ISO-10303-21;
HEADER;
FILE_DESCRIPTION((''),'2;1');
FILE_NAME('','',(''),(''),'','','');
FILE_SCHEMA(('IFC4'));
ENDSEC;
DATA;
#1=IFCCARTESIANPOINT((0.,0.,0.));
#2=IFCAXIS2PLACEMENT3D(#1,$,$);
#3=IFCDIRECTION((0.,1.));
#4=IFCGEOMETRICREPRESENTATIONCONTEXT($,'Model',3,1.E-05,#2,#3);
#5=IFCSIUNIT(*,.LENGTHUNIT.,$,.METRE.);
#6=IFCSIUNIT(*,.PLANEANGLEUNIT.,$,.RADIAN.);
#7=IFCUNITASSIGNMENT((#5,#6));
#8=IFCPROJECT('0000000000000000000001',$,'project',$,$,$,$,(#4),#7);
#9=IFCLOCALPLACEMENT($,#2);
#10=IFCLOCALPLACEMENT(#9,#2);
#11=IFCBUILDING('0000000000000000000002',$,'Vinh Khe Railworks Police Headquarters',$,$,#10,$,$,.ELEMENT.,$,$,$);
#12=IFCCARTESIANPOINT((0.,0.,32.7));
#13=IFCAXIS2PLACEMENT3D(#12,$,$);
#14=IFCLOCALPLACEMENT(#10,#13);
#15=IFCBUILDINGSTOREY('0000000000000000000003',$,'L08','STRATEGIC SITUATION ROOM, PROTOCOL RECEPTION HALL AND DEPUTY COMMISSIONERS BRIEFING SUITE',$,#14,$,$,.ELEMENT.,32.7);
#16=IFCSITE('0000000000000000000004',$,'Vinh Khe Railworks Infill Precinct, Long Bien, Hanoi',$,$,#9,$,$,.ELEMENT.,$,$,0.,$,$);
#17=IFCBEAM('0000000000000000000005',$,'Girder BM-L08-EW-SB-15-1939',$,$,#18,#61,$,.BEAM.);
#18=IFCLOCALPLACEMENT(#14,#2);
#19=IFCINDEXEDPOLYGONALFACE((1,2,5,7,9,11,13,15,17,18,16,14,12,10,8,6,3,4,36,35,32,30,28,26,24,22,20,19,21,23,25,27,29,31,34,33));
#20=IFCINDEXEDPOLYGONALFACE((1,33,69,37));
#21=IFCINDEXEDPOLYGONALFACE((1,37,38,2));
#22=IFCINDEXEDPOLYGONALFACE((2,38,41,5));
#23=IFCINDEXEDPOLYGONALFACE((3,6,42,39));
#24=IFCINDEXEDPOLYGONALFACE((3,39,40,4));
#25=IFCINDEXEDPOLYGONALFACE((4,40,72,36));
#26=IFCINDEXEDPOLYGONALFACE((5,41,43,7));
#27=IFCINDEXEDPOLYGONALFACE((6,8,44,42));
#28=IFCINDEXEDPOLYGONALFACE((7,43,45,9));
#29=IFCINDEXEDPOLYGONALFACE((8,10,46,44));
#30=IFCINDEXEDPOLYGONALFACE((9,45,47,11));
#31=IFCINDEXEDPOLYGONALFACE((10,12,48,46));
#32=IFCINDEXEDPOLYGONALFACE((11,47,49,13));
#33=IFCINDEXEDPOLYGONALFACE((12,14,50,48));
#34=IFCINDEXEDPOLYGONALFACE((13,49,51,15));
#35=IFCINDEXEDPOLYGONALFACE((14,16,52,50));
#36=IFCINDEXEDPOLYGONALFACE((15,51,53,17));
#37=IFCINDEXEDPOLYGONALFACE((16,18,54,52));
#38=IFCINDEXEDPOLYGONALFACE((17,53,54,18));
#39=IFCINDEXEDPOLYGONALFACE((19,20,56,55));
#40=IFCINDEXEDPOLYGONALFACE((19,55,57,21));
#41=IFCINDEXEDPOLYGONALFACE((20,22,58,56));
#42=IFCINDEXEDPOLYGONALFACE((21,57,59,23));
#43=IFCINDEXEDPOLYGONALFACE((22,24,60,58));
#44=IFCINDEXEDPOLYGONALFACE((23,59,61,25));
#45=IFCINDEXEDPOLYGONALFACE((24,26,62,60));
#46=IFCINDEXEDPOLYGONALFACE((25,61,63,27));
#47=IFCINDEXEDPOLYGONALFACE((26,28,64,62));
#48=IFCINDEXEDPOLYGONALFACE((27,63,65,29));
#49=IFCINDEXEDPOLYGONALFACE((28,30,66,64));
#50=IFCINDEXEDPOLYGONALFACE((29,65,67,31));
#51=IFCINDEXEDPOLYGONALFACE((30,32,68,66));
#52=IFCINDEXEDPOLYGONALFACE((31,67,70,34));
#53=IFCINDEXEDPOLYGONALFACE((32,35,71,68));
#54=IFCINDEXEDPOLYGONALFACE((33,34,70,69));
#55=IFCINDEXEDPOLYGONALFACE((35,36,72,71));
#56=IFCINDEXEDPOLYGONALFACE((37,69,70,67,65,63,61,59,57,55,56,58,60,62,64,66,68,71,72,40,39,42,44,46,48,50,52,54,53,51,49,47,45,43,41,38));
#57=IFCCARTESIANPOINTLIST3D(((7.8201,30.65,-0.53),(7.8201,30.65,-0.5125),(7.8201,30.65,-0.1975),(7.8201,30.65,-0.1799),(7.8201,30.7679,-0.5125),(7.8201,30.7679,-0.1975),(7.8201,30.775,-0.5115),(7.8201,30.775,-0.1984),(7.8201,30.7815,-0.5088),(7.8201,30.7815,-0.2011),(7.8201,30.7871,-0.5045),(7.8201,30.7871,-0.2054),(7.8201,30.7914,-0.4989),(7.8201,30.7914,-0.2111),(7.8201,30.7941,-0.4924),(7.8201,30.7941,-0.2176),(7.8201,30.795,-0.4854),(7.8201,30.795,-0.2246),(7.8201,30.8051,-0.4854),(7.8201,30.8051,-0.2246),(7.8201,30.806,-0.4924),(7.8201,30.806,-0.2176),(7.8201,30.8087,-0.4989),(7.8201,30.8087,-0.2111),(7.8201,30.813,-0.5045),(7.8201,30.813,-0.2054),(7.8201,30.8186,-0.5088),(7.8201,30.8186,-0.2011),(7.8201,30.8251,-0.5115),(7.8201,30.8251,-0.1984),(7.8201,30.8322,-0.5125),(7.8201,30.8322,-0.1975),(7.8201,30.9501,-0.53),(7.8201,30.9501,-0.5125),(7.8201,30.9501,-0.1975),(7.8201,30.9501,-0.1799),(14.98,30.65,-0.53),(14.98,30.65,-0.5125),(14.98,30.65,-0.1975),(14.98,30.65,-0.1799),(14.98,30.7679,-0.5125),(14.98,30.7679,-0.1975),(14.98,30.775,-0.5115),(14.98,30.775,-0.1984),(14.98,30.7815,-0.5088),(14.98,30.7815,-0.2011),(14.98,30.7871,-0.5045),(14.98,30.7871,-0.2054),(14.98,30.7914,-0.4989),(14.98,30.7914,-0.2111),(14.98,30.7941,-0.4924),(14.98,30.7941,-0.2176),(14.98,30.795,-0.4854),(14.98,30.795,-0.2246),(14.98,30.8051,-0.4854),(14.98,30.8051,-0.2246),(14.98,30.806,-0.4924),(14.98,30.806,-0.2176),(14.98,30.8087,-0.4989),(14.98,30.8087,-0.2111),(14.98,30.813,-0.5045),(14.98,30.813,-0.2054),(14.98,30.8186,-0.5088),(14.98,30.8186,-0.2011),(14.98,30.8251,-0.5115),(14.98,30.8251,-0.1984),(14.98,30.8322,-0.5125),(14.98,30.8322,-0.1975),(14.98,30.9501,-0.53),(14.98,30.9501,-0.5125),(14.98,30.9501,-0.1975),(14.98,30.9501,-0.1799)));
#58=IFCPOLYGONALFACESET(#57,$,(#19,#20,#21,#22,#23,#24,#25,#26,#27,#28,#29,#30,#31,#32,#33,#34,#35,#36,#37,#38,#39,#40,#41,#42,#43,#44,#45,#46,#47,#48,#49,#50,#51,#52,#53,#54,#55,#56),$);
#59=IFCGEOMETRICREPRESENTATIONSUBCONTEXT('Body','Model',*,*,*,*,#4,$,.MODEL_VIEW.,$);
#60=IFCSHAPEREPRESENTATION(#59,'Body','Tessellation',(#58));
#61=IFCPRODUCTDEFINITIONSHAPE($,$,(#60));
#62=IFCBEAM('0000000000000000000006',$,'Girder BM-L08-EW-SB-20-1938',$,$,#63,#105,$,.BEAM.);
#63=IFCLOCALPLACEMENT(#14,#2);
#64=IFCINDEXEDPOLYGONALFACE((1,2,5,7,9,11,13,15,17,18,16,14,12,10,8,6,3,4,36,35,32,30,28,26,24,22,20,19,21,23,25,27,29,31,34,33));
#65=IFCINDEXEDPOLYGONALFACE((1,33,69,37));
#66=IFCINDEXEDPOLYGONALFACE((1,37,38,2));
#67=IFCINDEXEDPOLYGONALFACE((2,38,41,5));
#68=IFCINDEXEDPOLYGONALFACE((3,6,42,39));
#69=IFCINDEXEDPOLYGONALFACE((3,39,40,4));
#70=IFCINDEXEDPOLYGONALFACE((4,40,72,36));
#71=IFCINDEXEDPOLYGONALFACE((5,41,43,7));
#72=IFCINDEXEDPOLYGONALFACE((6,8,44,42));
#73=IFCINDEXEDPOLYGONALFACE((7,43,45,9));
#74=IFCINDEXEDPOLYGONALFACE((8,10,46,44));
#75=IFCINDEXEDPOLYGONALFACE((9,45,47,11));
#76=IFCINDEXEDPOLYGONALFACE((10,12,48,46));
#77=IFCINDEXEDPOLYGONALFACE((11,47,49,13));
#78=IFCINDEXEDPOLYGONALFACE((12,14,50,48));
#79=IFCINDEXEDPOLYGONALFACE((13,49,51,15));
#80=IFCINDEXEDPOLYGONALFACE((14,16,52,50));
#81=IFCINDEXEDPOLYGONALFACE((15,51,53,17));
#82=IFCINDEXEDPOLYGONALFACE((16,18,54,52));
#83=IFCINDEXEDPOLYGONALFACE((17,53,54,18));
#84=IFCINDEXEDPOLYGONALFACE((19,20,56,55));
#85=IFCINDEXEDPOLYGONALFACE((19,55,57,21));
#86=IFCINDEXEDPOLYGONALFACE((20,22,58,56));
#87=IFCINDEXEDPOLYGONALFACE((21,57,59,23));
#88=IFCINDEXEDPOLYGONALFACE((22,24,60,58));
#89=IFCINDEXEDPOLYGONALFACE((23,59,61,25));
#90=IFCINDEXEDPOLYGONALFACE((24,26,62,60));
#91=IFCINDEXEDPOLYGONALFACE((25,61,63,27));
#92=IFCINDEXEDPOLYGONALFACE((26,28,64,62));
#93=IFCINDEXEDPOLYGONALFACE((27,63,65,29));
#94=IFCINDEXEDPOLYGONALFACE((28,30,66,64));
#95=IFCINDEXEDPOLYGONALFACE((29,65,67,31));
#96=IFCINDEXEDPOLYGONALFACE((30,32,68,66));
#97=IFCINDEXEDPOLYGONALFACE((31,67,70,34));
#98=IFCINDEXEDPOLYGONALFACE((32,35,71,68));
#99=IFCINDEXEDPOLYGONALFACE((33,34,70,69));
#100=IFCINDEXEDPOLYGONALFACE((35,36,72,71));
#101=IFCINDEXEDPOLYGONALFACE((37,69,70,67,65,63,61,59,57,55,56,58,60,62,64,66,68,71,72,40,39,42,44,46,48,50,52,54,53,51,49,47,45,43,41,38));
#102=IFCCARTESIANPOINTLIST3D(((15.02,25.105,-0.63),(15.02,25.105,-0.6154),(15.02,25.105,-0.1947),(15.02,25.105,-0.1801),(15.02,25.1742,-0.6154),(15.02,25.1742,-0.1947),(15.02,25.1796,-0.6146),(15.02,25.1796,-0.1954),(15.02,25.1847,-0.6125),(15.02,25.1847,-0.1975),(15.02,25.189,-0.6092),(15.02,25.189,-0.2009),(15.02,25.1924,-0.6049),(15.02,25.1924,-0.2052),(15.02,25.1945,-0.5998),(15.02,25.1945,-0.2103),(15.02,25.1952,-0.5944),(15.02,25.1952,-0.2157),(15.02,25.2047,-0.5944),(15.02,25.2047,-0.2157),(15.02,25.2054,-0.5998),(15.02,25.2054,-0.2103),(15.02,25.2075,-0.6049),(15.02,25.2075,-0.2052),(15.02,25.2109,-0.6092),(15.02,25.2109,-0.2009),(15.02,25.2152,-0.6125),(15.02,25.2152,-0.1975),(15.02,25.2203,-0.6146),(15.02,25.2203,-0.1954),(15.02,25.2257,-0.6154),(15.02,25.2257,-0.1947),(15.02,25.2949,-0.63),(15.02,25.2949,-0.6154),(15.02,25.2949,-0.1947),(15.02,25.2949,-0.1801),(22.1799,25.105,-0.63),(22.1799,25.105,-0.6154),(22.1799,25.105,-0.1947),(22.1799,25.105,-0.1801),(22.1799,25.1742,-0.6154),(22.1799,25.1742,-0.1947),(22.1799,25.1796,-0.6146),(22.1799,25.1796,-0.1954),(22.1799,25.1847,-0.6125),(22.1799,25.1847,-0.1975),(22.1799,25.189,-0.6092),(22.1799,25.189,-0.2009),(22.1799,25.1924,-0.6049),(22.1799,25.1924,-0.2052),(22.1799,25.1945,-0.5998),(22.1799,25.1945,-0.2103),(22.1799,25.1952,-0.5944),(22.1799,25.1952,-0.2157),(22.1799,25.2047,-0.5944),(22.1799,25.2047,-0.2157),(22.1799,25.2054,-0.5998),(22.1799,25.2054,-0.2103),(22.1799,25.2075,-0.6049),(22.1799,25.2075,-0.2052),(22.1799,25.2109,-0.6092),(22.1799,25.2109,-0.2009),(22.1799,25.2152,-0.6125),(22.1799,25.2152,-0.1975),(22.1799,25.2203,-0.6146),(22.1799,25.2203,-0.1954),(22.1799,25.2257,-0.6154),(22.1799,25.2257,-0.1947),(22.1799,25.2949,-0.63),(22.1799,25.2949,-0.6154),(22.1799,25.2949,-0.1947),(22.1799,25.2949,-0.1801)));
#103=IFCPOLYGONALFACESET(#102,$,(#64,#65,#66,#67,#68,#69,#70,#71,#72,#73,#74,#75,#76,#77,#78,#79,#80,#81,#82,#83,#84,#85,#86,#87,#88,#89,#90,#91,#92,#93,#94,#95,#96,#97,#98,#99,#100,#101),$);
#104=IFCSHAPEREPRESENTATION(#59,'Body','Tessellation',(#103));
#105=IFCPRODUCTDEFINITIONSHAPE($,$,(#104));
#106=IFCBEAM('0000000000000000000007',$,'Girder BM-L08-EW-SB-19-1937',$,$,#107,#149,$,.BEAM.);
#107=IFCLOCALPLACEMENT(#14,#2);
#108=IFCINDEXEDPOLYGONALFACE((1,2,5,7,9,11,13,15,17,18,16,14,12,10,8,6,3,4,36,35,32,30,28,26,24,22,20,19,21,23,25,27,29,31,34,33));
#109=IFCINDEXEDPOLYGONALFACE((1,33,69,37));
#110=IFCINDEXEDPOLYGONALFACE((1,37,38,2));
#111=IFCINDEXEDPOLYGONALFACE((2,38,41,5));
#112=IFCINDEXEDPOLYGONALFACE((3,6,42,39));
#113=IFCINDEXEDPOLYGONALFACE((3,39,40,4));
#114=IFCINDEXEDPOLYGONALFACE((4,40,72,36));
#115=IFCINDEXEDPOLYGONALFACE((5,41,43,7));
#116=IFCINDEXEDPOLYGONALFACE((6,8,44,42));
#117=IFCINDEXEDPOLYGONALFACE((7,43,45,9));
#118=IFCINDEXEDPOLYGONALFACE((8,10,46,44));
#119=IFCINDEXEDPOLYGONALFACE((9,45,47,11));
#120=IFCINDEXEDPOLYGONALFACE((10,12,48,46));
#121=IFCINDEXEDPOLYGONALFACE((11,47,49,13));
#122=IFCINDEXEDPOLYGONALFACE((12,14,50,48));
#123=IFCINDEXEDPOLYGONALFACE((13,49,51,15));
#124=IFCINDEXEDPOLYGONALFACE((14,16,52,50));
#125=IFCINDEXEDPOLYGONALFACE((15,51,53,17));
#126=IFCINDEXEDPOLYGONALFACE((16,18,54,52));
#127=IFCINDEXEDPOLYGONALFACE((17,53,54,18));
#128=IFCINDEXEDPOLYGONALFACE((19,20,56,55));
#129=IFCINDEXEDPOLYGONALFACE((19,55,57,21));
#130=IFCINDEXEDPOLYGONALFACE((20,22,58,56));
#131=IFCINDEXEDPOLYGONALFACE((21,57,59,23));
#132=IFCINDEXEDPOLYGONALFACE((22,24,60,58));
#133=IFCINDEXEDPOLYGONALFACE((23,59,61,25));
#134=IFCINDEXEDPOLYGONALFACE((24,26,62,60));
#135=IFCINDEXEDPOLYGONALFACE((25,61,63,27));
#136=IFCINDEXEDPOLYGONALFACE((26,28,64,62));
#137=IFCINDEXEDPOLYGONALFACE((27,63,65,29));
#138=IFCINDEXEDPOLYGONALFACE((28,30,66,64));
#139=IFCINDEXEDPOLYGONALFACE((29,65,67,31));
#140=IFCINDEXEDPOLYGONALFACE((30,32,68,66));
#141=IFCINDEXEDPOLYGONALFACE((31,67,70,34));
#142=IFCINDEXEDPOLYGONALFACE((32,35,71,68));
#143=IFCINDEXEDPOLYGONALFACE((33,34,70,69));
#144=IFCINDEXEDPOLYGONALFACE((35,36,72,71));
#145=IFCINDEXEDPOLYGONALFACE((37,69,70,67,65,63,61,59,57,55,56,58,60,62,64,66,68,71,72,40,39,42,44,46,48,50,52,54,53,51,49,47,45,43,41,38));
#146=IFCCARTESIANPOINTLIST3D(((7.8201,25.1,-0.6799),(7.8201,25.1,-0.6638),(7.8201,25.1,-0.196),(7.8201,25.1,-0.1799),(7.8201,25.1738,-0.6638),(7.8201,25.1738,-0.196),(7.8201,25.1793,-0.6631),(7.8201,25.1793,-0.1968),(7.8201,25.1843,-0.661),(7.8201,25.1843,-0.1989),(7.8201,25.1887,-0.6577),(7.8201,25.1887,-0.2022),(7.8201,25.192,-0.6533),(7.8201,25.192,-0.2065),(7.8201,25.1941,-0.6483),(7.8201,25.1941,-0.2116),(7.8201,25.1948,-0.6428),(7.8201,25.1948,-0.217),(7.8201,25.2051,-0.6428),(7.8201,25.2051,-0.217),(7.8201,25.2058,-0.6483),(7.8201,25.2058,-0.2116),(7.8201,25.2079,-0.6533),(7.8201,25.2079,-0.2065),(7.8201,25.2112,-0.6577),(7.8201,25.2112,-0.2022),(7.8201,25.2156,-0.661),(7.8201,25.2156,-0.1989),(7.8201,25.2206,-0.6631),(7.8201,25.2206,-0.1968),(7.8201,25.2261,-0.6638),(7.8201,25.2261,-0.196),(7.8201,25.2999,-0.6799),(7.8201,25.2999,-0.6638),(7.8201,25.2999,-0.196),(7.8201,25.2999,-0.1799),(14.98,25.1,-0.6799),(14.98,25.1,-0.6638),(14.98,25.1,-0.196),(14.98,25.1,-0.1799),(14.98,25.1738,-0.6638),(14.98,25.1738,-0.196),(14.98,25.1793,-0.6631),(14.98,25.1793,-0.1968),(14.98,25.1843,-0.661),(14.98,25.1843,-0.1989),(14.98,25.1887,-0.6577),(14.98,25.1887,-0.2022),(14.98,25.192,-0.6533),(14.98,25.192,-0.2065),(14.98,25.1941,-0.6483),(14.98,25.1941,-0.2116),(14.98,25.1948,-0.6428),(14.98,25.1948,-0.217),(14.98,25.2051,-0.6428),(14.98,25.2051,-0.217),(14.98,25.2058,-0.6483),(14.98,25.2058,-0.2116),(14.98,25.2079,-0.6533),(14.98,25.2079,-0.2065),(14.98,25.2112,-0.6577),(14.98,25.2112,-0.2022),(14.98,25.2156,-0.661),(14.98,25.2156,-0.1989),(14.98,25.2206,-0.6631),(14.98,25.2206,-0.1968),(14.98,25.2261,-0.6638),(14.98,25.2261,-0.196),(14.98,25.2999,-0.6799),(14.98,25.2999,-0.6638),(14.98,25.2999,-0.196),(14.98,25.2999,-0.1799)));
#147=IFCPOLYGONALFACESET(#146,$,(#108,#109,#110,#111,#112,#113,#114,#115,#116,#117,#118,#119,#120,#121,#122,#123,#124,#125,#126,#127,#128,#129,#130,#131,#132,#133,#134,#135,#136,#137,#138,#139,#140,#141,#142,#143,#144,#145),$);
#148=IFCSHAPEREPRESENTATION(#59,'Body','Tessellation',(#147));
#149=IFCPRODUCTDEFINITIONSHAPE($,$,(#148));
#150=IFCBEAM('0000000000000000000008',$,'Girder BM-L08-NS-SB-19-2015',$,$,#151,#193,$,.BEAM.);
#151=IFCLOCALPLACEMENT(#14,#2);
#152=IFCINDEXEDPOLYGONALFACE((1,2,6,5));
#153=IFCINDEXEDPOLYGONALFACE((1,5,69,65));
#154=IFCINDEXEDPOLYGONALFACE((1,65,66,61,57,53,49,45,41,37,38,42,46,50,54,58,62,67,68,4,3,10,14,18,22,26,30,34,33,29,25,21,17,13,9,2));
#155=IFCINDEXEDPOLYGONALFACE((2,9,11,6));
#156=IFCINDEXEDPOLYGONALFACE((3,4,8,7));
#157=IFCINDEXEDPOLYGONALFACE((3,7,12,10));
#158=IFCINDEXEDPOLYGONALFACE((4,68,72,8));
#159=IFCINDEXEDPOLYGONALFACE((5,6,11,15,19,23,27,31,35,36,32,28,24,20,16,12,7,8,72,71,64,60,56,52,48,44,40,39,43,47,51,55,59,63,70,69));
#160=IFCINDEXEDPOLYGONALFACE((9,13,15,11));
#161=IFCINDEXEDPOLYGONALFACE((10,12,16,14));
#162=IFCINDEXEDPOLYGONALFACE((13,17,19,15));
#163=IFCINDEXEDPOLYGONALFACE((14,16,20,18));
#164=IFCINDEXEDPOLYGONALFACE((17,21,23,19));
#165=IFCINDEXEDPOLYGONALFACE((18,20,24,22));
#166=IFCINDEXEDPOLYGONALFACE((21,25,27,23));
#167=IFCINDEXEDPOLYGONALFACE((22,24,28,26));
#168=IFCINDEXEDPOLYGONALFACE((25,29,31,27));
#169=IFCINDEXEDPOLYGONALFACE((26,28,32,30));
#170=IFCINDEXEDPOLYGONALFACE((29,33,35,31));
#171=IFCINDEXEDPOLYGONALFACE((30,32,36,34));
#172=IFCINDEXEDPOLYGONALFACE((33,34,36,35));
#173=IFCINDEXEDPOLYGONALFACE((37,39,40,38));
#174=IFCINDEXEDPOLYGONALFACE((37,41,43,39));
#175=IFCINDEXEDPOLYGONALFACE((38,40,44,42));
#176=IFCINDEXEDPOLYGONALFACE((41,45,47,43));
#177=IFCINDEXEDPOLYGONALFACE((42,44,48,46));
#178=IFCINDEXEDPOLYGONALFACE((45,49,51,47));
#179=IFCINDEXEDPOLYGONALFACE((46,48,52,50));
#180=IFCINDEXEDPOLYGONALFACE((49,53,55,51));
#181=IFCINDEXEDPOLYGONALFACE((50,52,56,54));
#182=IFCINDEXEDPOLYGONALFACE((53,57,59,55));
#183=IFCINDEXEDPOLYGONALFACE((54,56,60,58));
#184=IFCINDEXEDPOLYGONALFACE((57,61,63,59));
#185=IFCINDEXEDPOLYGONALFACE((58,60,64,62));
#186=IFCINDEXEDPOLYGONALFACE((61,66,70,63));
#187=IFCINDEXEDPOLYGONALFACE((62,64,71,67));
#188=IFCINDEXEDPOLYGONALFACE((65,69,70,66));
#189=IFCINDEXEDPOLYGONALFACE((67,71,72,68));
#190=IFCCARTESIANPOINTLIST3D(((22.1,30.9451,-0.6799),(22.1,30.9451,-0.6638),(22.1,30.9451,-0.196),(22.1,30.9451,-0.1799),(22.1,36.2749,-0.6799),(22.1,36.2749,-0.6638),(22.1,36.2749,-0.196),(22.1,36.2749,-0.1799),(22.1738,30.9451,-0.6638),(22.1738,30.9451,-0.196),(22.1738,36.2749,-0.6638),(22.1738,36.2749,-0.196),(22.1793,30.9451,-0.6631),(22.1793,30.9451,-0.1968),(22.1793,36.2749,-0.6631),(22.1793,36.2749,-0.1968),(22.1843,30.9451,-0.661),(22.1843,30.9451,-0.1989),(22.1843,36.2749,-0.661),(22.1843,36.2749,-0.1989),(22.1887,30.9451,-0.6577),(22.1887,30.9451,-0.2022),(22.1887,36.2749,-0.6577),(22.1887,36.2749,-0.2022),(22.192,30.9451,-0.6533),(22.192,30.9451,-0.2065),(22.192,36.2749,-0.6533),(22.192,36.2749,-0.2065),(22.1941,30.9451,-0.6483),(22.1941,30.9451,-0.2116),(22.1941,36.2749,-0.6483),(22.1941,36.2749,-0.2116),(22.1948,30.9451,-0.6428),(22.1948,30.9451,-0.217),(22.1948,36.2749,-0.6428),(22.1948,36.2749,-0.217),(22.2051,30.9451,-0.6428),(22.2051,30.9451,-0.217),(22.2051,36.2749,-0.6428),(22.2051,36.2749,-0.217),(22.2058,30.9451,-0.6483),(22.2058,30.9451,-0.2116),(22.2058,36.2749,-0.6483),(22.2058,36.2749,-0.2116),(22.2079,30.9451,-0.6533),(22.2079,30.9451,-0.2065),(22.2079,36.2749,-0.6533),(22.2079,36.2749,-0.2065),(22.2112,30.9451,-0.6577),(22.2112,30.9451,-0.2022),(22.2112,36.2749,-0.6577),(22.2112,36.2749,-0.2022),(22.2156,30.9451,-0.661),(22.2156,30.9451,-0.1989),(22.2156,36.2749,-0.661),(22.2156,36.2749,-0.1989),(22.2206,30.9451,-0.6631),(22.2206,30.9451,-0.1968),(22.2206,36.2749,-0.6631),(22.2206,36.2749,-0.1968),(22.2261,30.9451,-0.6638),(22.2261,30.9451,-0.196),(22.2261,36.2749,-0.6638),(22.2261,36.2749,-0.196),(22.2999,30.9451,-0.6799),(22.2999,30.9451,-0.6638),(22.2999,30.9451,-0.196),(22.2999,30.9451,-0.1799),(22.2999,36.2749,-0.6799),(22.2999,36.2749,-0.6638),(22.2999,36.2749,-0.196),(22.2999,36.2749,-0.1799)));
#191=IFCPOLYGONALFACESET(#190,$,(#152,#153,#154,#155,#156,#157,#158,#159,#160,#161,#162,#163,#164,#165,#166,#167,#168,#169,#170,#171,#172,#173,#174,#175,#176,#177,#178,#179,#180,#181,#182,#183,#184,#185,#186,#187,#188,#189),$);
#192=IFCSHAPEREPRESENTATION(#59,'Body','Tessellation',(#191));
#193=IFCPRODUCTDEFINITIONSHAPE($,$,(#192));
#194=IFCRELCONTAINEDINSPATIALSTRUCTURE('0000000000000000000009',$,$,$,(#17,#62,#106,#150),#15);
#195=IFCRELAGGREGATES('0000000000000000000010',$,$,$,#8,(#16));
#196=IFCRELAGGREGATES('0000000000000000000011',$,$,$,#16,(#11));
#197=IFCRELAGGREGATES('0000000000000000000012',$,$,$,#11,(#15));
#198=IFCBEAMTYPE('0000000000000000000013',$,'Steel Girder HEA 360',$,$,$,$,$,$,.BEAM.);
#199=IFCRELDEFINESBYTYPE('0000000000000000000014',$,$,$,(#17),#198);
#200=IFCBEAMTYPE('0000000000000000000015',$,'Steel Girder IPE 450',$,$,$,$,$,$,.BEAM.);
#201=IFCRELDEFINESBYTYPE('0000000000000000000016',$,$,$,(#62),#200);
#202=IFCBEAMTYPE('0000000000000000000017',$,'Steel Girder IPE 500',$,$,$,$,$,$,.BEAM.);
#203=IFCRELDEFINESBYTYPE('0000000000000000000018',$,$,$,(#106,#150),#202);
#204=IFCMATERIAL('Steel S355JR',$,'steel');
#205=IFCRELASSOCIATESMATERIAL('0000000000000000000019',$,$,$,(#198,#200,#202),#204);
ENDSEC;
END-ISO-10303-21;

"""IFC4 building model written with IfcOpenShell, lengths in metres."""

from ifc_helpers import new_model, si_unit, direction, frame, origin, origin_2d, place, context, subcontext, project, spatial, i_section, extrude, material, material_profile, profile_set, type_object, element, save


model = new_model("IFC4")

# Units and contexts
model_context = context("Model", 3, precision=1e-05, world=origin(), true_north=direction((0.0, 1.0)))
body_context = subcontext(model_context, "Body", "Model", "MODEL_VIEW")
ifc_project = project(units=[si_unit("LENGTHUNIT", "METRE"), si_unit("PLANEANGLEUNIT", "RADIAN")], contexts=[model_context])

# Site, building, storey
site_placement = place(None, origin())
site = spatial("IfcSite", under=ifc_project, at=site_placement, Name="Vinh Khe Railworks Infill Precinct, Long Bien, Hanoi", CompositionType="ELEMENT", RefElevation=0.0)
building_placement = place(site_placement, origin())
building = spatial("IfcBuilding", under=site, at=building_placement, Name="Vinh Khe Railworks Police Headquarters", CompositionType="ELEMENT")
storey_placement = place(building_placement, frame((0.0, 0.0, 32.7)))
storey = spatial("IfcBuildingStorey", under=building, at=storey_placement, Name="L08", Description="STRATEGIC SITUATION ROOM, PROTOCOL RECEPTION HALL AND DEPUTY COMMISSIONERS BRIEFING SUITE", CompositionType="ELEMENT", Elevation=32.7)

# Shared definitions
ifc_material_1 = material(Name="Steel S355JR", Category="steel")

# Beams
ifc_material_profile_1 = material_profile(ifc_material_1, i_section(OverallWidth=0.3, OverallDepth=0.3501, WebThickness=0.01, FlangeThickness=0.0176, FilletRadius=0.0271, at=origin_2d()), Name="HEA 360")
ifc_profile_set_1 = profile_set([ifc_material_profile_1], Name="Steel S355JR")
beam_type_1 = type_object("IfcBeamType", Name="Steel Girder HEA 360", PredefinedType="BEAM", material=ifc_profile_set_1)
beam_1_placement = place(storey_placement, frame((7.8201, 30.8, -0.355), z_axis=(1.0, 0.0, 0.0), x_axis=(0.0, 1.0, 0.0)))
element("IfcBeam", 1, at=beam_1_placement, inside=storey, type_object=beam_type_1, Name="Girder BM-L08-EW-SB-15-1939", PredefinedType="BEAM", context=body_context, shape_type="SweptSolid", body=[
    extrude(i_section(OverallWidth=0.3, OverallDepth=0.3501, WebThickness=0.01, FlangeThickness=0.0176, FilletRadius=0.0271, at=origin_2d()), origin(), (0.0, 0.0, 1.0), 7.1599),
])
ifc_material_profile_2 = material_profile(ifc_material_1, i_section(OverallWidth=0.1899, OverallDepth=0.45, WebThickness=0.0095, FlangeThickness=0.0146, FilletRadius=0.021, at=origin_2d()), Name="IPE 450")
ifc_profile_set_2 = profile_set([ifc_material_profile_2], Name="Steel S355JR")
beam_type_2 = type_object("IfcBeamType", Name="Steel Girder IPE 450", PredefinedType="BEAM", material=ifc_profile_set_2)
beam_2_placement = place(storey_placement, frame((15.02, 25.2, -0.405), z_axis=(1.0, 0.0, 0.0), x_axis=(0.0, 1.0, 0.0)))
element("IfcBeam", 2, at=beam_2_placement, inside=storey, type_object=beam_type_2, Name="Girder BM-L08-EW-SB-20-1938", PredefinedType="BEAM", context=body_context, shape_type="SweptSolid", body=[
    extrude(i_section(OverallWidth=0.1899, OverallDepth=0.45, WebThickness=0.0095, FlangeThickness=0.0146, FilletRadius=0.021, at=origin_2d()), origin(), (0.0, 0.0, 1.0), 7.1599),
])
ifc_material_profile_3 = material_profile(ifc_material_1, i_section(OverallWidth=0.2, OverallDepth=0.5, WebThickness=0.0103, FlangeThickness=0.0161, FilletRadius=0.021, at=origin_2d()), Name="IPE 500")
ifc_profile_set_3 = profile_set([ifc_material_profile_3], Name="Steel S355JR")
beam_type_3 = type_object("IfcBeamType", Name="Steel Girder IPE 500", PredefinedType="BEAM", material=ifc_profile_set_3)
beam_3_placement = place(storey_placement, frame((7.8201, 25.2, -0.4299), z_axis=(1.0, 0.0, 0.0), x_axis=(0.0, 1.0, 0.0)))
element("IfcBeam", 3, at=beam_3_placement, inside=storey, type_object=beam_type_3, Name="Girder BM-L08-EW-SB-19-1937", PredefinedType="BEAM", context=body_context, shape_type="SweptSolid", body=[
    extrude(i_section(OverallWidth=0.2, OverallDepth=0.5, WebThickness=0.0103, FlangeThickness=0.0161, FilletRadius=0.021, at=origin_2d()), origin(), (0.0, 0.0, 1.0), 7.1599),
])
beam_4_placement = place(storey_placement, frame((22.2, 30.9451, -0.4299), z_axis=(0.0, 1.0, 0.0), x_axis=(-1.0, 0.0, 0.0)))
element("IfcBeam", 4, at=beam_4_placement, inside=storey, type_object=beam_type_3, Name="Girder BM-L08-NS-SB-19-2015", PredefinedType="BEAM", context=body_context, shape_type="SweptSolid", body=[
    extrude(i_section(OverallWidth=0.2, OverallDepth=0.5, WebThickness=0.0103, FlangeThickness=0.0161, FilletRadius=0.021, at=origin_2d()), origin(), (0.0, 0.0, 1.0), 5.3298),
])

save(model, "model.ifc")
